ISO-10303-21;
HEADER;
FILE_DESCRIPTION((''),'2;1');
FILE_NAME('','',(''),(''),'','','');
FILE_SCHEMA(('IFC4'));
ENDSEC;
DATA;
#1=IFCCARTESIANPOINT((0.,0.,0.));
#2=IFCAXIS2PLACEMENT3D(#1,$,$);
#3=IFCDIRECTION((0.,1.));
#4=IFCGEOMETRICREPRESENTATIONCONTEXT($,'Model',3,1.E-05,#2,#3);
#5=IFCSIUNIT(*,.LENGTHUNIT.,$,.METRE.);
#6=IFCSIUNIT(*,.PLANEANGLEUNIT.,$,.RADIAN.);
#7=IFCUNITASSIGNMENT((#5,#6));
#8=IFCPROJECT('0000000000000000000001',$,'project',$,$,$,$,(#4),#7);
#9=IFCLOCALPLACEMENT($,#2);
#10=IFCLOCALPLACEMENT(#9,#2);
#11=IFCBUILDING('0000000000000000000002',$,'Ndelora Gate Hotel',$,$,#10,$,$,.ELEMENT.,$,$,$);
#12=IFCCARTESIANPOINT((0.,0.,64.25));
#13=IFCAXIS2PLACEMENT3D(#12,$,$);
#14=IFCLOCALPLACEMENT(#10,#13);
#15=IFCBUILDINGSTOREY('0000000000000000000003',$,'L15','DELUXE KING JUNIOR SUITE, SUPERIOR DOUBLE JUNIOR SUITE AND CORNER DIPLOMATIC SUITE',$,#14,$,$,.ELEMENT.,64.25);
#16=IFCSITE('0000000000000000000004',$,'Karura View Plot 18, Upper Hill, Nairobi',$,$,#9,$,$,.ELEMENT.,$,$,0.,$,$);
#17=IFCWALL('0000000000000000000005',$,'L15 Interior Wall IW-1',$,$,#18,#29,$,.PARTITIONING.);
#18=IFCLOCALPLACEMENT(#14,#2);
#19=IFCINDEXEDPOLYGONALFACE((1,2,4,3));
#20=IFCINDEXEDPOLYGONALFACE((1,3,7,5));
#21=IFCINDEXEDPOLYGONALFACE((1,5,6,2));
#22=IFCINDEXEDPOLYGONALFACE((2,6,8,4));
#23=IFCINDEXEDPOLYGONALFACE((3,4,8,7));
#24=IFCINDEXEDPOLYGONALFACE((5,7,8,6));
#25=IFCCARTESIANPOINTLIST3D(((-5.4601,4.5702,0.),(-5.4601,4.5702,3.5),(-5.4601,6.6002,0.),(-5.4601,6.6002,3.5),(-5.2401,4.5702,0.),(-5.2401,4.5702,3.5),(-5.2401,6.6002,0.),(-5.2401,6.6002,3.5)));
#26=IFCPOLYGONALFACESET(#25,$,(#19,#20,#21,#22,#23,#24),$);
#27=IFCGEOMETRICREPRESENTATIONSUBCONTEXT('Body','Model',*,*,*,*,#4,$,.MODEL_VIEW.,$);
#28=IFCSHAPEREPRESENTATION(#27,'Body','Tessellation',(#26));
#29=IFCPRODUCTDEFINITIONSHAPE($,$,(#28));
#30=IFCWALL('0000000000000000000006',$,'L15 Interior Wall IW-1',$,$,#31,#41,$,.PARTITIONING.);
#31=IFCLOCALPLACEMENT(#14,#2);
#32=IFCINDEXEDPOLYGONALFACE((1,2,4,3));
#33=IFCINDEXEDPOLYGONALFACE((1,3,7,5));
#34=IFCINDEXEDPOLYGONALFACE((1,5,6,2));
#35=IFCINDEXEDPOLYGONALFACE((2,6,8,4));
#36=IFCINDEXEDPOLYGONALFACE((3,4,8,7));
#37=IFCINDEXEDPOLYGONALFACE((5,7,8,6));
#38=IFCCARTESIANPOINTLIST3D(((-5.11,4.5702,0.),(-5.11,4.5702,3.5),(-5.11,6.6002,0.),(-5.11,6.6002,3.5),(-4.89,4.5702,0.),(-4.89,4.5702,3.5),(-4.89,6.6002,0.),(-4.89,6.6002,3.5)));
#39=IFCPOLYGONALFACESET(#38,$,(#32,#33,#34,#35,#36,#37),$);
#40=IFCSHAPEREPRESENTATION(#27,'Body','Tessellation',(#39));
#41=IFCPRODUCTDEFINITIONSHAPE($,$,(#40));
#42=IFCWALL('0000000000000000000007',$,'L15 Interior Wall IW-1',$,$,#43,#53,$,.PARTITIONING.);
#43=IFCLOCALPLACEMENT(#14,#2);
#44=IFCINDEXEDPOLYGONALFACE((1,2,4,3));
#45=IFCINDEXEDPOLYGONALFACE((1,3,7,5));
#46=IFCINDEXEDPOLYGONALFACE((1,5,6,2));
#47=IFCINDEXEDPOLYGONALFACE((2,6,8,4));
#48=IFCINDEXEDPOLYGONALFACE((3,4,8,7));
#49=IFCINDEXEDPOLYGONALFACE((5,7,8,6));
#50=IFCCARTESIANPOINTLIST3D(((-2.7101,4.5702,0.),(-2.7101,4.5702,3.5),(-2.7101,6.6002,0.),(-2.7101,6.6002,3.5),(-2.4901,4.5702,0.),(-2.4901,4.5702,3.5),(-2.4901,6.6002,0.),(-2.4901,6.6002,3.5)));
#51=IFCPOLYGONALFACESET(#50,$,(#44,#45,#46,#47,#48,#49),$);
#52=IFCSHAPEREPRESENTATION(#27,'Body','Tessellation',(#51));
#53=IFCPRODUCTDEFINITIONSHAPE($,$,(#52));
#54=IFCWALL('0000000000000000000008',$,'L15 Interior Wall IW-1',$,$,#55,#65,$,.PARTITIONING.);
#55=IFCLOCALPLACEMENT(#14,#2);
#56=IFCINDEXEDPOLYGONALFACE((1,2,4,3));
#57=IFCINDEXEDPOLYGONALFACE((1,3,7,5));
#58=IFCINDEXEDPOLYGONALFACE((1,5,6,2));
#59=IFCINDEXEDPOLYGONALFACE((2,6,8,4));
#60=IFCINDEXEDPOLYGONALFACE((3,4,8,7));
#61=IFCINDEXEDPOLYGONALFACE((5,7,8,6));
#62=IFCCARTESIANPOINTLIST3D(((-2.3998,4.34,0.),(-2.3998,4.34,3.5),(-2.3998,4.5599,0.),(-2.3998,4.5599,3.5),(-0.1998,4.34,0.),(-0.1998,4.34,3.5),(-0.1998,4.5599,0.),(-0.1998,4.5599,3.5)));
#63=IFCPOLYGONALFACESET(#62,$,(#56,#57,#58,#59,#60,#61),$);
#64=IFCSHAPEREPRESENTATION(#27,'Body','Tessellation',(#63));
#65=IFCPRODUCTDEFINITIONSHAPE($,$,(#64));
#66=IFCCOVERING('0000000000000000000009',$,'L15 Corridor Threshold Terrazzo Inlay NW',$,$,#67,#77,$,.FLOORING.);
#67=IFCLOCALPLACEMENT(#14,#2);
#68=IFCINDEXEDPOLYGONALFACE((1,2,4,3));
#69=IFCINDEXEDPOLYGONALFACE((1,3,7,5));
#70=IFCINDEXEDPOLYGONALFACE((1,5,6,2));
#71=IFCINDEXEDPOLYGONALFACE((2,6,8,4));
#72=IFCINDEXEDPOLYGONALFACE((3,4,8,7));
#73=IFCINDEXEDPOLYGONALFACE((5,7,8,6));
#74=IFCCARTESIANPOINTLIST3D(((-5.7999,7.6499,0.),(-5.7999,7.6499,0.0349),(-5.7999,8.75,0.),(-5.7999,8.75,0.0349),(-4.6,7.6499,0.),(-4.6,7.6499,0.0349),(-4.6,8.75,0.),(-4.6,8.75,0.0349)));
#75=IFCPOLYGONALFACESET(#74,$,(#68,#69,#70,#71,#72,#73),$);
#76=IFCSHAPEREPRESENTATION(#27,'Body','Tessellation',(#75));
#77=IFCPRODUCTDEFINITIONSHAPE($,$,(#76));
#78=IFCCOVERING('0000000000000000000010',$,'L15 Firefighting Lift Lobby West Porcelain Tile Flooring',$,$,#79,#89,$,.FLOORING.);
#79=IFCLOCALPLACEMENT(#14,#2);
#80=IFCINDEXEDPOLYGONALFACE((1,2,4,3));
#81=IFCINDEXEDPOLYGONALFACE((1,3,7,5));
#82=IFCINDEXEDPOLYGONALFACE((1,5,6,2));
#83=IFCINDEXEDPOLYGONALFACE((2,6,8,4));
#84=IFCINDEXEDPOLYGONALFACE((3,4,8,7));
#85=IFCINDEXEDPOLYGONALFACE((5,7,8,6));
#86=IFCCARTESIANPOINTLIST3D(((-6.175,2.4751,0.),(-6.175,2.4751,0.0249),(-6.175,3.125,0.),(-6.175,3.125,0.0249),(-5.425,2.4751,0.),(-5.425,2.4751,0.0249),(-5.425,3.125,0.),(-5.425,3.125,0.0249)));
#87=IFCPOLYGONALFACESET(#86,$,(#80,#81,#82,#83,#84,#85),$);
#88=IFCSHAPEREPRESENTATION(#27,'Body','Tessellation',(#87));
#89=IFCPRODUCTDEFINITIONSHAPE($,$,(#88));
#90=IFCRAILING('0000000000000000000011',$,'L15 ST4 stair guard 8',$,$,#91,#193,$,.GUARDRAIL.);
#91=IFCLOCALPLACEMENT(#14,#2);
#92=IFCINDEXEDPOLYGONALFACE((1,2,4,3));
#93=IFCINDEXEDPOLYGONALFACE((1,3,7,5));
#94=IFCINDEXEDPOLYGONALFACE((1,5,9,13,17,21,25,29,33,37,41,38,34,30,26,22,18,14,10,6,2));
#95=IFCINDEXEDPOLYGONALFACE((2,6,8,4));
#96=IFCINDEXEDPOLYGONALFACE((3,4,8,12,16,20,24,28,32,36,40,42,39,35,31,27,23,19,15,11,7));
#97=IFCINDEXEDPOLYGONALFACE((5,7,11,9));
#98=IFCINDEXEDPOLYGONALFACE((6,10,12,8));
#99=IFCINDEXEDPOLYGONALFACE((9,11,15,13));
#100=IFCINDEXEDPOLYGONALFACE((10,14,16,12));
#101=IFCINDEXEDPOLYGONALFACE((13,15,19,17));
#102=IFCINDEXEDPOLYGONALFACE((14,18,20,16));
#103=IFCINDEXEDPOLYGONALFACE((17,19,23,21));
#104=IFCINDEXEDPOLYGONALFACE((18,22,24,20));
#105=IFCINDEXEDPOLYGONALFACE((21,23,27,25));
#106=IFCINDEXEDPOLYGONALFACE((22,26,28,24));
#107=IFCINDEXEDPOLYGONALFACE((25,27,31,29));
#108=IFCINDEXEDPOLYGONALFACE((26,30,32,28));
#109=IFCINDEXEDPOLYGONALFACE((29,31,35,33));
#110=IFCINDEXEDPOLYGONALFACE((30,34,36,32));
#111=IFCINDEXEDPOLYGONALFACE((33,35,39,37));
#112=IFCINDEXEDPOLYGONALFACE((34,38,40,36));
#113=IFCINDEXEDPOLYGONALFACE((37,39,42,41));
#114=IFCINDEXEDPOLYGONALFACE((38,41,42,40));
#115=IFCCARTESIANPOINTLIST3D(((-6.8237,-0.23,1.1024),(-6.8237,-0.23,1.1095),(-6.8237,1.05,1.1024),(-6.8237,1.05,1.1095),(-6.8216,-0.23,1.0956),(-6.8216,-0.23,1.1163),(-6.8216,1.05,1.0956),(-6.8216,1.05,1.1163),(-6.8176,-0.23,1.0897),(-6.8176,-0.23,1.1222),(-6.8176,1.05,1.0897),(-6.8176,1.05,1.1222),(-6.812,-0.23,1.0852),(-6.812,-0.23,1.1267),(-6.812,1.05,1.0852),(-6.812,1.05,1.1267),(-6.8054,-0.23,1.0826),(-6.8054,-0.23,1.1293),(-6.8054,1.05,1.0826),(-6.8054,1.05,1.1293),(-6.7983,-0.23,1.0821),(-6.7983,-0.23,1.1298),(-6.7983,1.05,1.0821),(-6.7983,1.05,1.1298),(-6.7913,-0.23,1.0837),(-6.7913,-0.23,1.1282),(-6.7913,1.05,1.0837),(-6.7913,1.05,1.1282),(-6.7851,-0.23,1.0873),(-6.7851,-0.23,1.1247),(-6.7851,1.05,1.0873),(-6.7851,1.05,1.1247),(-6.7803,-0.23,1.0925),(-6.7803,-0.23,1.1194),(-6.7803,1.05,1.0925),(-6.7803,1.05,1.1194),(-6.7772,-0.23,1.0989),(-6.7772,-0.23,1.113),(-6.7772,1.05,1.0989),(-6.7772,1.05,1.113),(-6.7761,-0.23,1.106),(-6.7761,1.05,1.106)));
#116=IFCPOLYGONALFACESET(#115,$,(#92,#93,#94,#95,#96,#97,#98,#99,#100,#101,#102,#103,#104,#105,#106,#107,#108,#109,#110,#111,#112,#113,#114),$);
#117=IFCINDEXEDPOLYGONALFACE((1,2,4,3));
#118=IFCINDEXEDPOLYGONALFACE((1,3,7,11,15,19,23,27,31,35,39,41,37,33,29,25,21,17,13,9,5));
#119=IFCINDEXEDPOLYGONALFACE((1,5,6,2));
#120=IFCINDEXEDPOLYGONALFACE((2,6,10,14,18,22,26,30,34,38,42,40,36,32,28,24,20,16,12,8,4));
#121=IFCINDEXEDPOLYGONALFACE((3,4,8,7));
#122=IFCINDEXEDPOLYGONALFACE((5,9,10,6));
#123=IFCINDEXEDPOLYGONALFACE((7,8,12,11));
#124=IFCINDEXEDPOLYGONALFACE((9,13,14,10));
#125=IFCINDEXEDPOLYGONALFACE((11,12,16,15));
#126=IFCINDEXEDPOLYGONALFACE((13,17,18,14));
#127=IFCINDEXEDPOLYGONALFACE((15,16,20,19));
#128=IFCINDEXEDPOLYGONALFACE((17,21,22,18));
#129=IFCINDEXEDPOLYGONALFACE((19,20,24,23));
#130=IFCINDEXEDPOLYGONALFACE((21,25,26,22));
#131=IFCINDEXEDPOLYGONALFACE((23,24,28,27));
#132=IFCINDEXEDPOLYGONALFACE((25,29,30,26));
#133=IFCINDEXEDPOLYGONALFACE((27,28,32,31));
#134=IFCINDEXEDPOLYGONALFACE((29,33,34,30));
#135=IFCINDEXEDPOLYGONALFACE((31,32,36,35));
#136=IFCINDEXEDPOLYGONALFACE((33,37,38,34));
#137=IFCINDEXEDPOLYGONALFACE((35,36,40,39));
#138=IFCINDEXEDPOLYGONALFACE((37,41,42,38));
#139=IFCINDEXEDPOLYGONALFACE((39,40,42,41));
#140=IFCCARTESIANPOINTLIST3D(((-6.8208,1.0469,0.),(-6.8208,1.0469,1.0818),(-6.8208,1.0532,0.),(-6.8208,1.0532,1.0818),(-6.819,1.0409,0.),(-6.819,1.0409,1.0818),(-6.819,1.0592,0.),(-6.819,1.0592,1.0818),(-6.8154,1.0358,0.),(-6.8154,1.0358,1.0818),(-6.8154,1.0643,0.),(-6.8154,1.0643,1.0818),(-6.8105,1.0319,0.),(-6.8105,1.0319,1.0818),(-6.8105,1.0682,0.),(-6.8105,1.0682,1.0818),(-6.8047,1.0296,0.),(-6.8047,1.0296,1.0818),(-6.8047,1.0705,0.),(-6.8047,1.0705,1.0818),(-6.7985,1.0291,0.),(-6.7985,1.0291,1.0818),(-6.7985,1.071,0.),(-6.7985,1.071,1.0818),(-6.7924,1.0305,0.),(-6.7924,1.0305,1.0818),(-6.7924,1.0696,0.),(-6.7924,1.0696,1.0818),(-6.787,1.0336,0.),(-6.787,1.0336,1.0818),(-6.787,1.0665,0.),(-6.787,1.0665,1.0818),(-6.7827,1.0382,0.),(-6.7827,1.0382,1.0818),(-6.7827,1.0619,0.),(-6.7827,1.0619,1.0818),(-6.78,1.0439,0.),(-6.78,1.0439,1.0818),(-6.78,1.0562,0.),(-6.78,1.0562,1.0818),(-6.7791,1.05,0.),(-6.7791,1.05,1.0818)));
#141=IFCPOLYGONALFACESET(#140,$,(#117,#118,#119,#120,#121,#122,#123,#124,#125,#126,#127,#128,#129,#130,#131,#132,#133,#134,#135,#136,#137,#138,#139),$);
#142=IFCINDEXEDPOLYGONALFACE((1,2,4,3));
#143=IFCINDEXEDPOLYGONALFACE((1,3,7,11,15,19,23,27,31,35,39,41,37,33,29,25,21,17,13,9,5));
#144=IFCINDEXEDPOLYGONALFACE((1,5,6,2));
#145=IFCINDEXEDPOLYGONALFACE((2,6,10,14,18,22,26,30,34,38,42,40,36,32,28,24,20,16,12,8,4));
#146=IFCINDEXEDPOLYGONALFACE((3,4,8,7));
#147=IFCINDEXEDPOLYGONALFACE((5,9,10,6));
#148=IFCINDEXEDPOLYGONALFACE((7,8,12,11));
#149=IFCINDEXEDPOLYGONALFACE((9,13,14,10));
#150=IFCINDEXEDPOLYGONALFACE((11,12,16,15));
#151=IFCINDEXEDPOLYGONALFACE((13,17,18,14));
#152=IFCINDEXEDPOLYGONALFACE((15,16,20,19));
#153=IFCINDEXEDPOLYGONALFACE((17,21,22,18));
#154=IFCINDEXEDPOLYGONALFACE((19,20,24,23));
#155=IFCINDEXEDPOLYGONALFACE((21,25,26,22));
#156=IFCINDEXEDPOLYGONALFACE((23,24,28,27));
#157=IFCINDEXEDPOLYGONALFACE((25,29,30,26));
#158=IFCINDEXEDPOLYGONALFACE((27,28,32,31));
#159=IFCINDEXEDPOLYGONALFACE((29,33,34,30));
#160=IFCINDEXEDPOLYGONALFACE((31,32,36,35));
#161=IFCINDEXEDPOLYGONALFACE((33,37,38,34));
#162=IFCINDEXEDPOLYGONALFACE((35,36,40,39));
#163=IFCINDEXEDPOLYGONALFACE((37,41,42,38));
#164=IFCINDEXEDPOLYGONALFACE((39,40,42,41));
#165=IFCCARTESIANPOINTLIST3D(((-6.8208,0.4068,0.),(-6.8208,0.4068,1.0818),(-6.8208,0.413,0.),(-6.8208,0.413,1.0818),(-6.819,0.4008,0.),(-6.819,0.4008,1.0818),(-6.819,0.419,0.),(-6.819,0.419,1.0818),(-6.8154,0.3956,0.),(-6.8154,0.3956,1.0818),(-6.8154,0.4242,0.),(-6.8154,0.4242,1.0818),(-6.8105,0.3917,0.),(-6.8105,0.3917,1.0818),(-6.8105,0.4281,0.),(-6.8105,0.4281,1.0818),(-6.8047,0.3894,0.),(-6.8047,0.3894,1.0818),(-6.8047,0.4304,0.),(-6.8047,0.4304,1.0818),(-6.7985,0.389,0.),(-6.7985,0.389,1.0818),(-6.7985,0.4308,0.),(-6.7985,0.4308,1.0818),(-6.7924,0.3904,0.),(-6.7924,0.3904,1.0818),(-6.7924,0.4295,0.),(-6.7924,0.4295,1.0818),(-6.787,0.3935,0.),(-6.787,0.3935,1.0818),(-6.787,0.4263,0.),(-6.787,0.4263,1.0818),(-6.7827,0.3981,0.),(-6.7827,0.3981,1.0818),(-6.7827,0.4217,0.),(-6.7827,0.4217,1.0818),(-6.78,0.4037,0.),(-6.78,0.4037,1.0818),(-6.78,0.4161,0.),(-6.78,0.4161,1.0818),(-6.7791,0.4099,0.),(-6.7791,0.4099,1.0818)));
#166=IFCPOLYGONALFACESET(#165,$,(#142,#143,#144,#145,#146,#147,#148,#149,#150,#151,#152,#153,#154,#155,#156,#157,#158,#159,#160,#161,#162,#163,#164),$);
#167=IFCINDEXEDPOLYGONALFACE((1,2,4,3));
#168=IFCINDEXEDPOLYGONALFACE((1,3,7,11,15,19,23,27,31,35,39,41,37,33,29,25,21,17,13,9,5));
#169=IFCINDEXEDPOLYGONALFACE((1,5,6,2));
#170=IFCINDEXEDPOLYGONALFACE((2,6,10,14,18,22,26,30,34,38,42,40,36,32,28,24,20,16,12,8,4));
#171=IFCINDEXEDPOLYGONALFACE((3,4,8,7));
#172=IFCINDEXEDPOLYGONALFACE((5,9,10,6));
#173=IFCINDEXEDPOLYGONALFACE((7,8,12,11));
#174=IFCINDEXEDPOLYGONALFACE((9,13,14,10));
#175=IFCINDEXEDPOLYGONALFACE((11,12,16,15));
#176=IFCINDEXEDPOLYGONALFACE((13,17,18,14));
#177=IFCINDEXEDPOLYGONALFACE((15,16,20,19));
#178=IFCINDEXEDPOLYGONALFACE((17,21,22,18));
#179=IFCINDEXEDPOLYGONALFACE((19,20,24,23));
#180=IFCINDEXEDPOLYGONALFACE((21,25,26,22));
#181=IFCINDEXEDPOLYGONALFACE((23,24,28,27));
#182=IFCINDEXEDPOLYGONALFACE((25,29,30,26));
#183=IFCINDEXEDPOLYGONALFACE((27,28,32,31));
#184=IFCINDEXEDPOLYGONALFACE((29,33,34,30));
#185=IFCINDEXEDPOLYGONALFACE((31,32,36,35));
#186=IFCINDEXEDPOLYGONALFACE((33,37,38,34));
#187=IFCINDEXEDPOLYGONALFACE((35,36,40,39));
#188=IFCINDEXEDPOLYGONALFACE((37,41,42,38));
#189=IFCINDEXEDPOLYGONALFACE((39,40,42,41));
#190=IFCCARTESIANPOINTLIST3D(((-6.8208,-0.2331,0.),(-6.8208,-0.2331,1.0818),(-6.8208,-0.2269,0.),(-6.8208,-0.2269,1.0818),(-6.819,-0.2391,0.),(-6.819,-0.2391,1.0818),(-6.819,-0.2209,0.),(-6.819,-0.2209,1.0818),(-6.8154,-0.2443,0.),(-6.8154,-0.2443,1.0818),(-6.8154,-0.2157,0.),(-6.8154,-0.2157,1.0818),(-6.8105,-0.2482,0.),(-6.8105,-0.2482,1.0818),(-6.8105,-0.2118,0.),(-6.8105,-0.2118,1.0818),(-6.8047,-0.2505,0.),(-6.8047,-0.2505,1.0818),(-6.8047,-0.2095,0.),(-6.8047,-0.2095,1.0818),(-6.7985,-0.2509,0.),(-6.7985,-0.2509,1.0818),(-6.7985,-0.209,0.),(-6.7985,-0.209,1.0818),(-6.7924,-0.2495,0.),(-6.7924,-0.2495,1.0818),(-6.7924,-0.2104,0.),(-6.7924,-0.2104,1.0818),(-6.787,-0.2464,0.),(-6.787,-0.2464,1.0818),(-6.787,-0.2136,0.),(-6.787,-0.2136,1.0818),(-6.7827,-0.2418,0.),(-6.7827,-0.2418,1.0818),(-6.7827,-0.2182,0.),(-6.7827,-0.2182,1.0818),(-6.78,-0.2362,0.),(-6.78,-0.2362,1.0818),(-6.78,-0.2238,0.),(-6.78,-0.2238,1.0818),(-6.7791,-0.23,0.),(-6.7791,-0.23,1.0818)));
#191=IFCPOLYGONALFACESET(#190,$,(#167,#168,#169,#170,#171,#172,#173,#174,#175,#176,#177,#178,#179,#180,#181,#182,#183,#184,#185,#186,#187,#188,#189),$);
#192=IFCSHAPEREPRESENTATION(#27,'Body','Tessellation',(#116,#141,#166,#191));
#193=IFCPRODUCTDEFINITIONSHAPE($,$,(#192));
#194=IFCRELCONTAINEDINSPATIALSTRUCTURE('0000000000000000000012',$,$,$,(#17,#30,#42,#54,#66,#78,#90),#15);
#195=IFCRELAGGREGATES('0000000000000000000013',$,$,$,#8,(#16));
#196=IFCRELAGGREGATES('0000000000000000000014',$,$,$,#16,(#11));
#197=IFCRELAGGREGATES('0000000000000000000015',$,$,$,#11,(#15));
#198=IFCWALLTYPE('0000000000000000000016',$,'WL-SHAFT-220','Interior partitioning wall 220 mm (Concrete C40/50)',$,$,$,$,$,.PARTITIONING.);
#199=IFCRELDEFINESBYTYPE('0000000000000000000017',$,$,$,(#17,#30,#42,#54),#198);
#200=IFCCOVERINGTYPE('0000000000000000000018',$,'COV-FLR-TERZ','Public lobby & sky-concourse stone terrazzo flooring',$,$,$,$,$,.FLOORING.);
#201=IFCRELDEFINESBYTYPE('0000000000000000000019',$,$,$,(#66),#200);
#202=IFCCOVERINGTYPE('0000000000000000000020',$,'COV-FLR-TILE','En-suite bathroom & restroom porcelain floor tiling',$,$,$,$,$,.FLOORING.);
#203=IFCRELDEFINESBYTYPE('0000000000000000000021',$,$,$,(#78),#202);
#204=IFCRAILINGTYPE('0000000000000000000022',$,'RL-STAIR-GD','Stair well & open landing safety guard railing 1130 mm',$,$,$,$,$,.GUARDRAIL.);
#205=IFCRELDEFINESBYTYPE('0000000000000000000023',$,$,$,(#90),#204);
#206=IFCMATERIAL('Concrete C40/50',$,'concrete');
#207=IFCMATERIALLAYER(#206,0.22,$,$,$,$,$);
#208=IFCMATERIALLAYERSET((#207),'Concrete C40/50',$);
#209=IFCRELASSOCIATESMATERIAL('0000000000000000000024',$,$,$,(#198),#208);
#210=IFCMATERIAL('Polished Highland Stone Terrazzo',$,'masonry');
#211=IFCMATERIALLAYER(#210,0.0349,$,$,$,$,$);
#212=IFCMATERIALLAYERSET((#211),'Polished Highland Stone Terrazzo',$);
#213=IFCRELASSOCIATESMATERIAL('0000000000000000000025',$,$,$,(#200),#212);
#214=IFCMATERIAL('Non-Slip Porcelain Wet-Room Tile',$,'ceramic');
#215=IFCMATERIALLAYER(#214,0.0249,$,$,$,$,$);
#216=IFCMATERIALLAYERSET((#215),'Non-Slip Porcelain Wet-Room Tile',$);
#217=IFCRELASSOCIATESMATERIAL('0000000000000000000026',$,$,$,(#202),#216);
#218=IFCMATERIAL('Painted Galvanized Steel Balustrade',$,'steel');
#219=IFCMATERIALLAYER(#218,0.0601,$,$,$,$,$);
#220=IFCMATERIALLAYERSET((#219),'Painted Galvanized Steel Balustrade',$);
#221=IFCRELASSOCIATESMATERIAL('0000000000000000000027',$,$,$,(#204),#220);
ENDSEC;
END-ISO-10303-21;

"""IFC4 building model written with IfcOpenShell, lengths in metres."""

from ifc_helpers import new_model, si_unit, direction, frame, frame_2d, origin, origin_2d, place, context, subcontext, project, spatial, rectangle, circle, extrude, material, layer, layer_set, type_object, element, save


model = new_model("IFC4")

# Units and contexts
model_context = context("Model", 3, precision=1e-05, world=origin(), true_north=direction((0.0, 1.0)))
body_context = subcontext(model_context, "Body", "Model", "MODEL_VIEW")
ifc_project = project(units=[si_unit("LENGTHUNIT", "METRE"), si_unit("PLANEANGLEUNIT", "RADIAN")], contexts=[model_context])

# Site, building, storey
site_placement = place(None, origin())
site = spatial("IfcSite", under=ifc_project, at=site_placement, Name="Karura View Plot 18, Upper Hill, Nairobi", CompositionType="ELEMENT", RefElevation=0.0)
building_placement = place(site_placement, origin())
building = spatial("IfcBuilding", under=site, at=building_placement, Name="Ndelora Gate Hotel", CompositionType="ELEMENT")
storey_placement = place(building_placement, frame((0.0, 0.0, 64.25)))
storey = spatial("IfcBuildingStorey", under=building, at=storey_placement, Name="L15", Description="DELUXE KING JUNIOR SUITE, SUPERIOR DOUBLE JUNIOR SUITE AND CORNER DIPLOMATIC SUITE", CompositionType="ELEMENT", Elevation=64.25)

# Shared definitions
ifc_material_1 = material(Name="Concrete C40/50", Category="concrete")

# Wall
ifc_layer_1 = layer(ifc_material_1, 0.22)
ifc_layer_set_1 = layer_set([ifc_layer_1], Name="Concrete C40/50")
wall_type_1 = type_object("IfcWallType", Name="WL-SHAFT-220", Description="Interior partitioning wall 220 mm (Concrete C40/50)", PredefinedType="PARTITIONING", material=ifc_layer_set_1)
wall_1_placement = place(storey_placement, frame((-5.3501, 4.5701, 0.0), z_axis=(0.0, 0.0, 1.0), x_axis=(0.0, 1.0, 0.0)))
element("IfcWall", 1, at=wall_1_placement, inside=storey, type_object=wall_type_1, Name="L15 Interior Wall IW-1", PredefinedType="PARTITIONING", context=body_context, shape_type="SweptSolid", body=[
    extrude(rectangle(XDim=2.03, YDim=0.22, at=frame_2d((1.0151, 0.0))), origin(), (0.0, 0.0, 1.0), 3.5),
])

# Walls
for number, where, z_axis, x_axis, name in (
    (2, (-5.0, 4.5701, 0.0), (0.0, 0.0, 1.0), (0.0, 1.0, 0.0), "L15 Interior Wall IW-1"),
    (3, (-2.6001, 4.5701, 0.0), (0.0, 0.0, 1.0), (0.0, 1.0, 0.0), "L15 Interior Wall IW-1"),
):
    element("IfcWall", number, at=place(storey_placement, frame(where, z_axis=z_axis, x_axis=x_axis)), inside=storey, type_object=wall_type_1, Name=name, PredefinedType="PARTITIONING", context=body_context, shape_type="SweptSolid", body=[
        extrude(rectangle(XDim=2.03, YDim=0.22, at=frame_2d((1.0151, 0.0))), origin(), (0.0, 0.0, 1.0), 3.5),
    ])
wall_2_placement = place(storey_placement, frame((-2.3999, 4.45, 0.0), z_axis=(0.0, 0.0, 1.0), x_axis=(1.0, 0.0, 0.0)))
element("IfcWall", 4, at=wall_2_placement, inside=storey, type_object=wall_type_1, Name="L15 Interior Wall IW-1", PredefinedType="PARTITIONING", context=body_context, shape_type="SweptSolid", body=[
    extrude(rectangle(XDim=2.2, YDim=0.22, at=frame_2d((1.1001, 0.0))), origin(), (0.0, 0.0, 1.0), 3.5),
])

# Coverings
ifc_material_2 = material(Name="Polished Highland Stone Terrazzo", Category="masonry")
ifc_layer_2 = layer(ifc_material_2, 0.0349)
ifc_layer_set_2 = layer_set([ifc_layer_2], Name="Polished Highland Stone Terrazzo")
covering_type_1 = type_object("IfcCoveringType", Name="COV-FLR-TERZ", Description="Public lobby & sky-concourse stone terrazzo flooring", PredefinedType="FLOORING", material=ifc_layer_set_2)
covering_1_placement = place(storey_placement, frame((-5.2, 8.2, 0.0), z_axis=(0.0, 0.0, 1.0), x_axis=(1.0, 0.0, 0.0)))
element("IfcCovering", 5, at=covering_1_placement, inside=storey, type_object=covering_type_1, Name="L15 Corridor Threshold Terrazzo Inlay NW", PredefinedType="FLOORING", context=body_context, shape_type="SweptSolid", body=[
    extrude(rectangle(XDim=1.2, YDim=1.1001, at=origin_2d()), origin(), (0.0, 0.0, 1.0), 0.0349),
])
ifc_material_3 = material(Name="Non-Slip Porcelain Wet-Room Tile", Category="ceramic")
ifc_layer_3 = layer(ifc_material_3, 0.0249)
ifc_layer_set_3 = layer_set([ifc_layer_3], Name="Non-Slip Porcelain Wet-Room Tile")
covering_type_2 = type_object("IfcCoveringType", Name="COV-FLR-TILE", Description="En-suite bathroom & restroom porcelain floor tiling", PredefinedType="FLOORING", material=ifc_layer_set_3)
covering_2_placement = place(storey_placement, frame((-5.8, 2.8, 0.0), z_axis=(0.0, 0.0, 1.0), x_axis=(1.0, 0.0, 0.0)))
element("IfcCovering", 6, at=covering_2_placement, inside=storey, type_object=covering_type_2, Name="L15 Firefighting Lift Lobby West Porcelain Tile Flooring", PredefinedType="FLOORING", context=body_context, shape_type="SweptSolid", body=[
    extrude(rectangle(XDim=0.75, YDim=0.6499, at=origin_2d()), origin(), (0.0, 0.0, 1.0), 0.0249),
])

# Railing
ifc_material_4 = material(Name="Painted Galvanized Steel Balustrade", Category="steel")
ifc_layer_4 = layer(ifc_material_4, 0.0601)
ifc_layer_set_4 = layer_set([ifc_layer_4], Name="Painted Galvanized Steel Balustrade")
railing_type = type_object("IfcRailingType", Name="RL-STAIR-GD", Description="Stair well & open landing safety guard railing 1130 mm", PredefinedType="GUARDRAIL", material=ifc_layer_set_4)
for number, where, name in (
    (7, (-6.8, 1.05, 0.0), "L15 ST4 stair guard 8"),
):
    element("IfcRailing", number, at=place(storey_placement, frame(where)), inside=storey, type_object=railing_type, Name=name, PredefinedType="GUARDRAIL", context=body_context, shape_type="SweptSolid", body=[
        extrude(circle(Radius=0.0239, at=origin_2d()), frame((0.0, 0.0, 1.106), z_axis=(0.0, -1.0, 0.0), x_axis=(1.0, 0.0, 0.0)), (0.0, 0.0, 1.0), 1.28),
        extrude(circle(Radius=0.021, at=origin_2d()), origin(), (0.0, 0.0, 1.0), 1.0818),
        extrude(circle(Radius=0.021, at=origin_2d()), frame((0.0, -0.6401, 0.0)), (0.0, 0.0, 1.0), 1.0818),
        extrude(circle(Radius=0.021, at=origin_2d()), frame((0.0, -1.28, 0.0)), (0.0, 0.0, 1.0), 1.0818),
    ])

save(model, "model.ifc")
